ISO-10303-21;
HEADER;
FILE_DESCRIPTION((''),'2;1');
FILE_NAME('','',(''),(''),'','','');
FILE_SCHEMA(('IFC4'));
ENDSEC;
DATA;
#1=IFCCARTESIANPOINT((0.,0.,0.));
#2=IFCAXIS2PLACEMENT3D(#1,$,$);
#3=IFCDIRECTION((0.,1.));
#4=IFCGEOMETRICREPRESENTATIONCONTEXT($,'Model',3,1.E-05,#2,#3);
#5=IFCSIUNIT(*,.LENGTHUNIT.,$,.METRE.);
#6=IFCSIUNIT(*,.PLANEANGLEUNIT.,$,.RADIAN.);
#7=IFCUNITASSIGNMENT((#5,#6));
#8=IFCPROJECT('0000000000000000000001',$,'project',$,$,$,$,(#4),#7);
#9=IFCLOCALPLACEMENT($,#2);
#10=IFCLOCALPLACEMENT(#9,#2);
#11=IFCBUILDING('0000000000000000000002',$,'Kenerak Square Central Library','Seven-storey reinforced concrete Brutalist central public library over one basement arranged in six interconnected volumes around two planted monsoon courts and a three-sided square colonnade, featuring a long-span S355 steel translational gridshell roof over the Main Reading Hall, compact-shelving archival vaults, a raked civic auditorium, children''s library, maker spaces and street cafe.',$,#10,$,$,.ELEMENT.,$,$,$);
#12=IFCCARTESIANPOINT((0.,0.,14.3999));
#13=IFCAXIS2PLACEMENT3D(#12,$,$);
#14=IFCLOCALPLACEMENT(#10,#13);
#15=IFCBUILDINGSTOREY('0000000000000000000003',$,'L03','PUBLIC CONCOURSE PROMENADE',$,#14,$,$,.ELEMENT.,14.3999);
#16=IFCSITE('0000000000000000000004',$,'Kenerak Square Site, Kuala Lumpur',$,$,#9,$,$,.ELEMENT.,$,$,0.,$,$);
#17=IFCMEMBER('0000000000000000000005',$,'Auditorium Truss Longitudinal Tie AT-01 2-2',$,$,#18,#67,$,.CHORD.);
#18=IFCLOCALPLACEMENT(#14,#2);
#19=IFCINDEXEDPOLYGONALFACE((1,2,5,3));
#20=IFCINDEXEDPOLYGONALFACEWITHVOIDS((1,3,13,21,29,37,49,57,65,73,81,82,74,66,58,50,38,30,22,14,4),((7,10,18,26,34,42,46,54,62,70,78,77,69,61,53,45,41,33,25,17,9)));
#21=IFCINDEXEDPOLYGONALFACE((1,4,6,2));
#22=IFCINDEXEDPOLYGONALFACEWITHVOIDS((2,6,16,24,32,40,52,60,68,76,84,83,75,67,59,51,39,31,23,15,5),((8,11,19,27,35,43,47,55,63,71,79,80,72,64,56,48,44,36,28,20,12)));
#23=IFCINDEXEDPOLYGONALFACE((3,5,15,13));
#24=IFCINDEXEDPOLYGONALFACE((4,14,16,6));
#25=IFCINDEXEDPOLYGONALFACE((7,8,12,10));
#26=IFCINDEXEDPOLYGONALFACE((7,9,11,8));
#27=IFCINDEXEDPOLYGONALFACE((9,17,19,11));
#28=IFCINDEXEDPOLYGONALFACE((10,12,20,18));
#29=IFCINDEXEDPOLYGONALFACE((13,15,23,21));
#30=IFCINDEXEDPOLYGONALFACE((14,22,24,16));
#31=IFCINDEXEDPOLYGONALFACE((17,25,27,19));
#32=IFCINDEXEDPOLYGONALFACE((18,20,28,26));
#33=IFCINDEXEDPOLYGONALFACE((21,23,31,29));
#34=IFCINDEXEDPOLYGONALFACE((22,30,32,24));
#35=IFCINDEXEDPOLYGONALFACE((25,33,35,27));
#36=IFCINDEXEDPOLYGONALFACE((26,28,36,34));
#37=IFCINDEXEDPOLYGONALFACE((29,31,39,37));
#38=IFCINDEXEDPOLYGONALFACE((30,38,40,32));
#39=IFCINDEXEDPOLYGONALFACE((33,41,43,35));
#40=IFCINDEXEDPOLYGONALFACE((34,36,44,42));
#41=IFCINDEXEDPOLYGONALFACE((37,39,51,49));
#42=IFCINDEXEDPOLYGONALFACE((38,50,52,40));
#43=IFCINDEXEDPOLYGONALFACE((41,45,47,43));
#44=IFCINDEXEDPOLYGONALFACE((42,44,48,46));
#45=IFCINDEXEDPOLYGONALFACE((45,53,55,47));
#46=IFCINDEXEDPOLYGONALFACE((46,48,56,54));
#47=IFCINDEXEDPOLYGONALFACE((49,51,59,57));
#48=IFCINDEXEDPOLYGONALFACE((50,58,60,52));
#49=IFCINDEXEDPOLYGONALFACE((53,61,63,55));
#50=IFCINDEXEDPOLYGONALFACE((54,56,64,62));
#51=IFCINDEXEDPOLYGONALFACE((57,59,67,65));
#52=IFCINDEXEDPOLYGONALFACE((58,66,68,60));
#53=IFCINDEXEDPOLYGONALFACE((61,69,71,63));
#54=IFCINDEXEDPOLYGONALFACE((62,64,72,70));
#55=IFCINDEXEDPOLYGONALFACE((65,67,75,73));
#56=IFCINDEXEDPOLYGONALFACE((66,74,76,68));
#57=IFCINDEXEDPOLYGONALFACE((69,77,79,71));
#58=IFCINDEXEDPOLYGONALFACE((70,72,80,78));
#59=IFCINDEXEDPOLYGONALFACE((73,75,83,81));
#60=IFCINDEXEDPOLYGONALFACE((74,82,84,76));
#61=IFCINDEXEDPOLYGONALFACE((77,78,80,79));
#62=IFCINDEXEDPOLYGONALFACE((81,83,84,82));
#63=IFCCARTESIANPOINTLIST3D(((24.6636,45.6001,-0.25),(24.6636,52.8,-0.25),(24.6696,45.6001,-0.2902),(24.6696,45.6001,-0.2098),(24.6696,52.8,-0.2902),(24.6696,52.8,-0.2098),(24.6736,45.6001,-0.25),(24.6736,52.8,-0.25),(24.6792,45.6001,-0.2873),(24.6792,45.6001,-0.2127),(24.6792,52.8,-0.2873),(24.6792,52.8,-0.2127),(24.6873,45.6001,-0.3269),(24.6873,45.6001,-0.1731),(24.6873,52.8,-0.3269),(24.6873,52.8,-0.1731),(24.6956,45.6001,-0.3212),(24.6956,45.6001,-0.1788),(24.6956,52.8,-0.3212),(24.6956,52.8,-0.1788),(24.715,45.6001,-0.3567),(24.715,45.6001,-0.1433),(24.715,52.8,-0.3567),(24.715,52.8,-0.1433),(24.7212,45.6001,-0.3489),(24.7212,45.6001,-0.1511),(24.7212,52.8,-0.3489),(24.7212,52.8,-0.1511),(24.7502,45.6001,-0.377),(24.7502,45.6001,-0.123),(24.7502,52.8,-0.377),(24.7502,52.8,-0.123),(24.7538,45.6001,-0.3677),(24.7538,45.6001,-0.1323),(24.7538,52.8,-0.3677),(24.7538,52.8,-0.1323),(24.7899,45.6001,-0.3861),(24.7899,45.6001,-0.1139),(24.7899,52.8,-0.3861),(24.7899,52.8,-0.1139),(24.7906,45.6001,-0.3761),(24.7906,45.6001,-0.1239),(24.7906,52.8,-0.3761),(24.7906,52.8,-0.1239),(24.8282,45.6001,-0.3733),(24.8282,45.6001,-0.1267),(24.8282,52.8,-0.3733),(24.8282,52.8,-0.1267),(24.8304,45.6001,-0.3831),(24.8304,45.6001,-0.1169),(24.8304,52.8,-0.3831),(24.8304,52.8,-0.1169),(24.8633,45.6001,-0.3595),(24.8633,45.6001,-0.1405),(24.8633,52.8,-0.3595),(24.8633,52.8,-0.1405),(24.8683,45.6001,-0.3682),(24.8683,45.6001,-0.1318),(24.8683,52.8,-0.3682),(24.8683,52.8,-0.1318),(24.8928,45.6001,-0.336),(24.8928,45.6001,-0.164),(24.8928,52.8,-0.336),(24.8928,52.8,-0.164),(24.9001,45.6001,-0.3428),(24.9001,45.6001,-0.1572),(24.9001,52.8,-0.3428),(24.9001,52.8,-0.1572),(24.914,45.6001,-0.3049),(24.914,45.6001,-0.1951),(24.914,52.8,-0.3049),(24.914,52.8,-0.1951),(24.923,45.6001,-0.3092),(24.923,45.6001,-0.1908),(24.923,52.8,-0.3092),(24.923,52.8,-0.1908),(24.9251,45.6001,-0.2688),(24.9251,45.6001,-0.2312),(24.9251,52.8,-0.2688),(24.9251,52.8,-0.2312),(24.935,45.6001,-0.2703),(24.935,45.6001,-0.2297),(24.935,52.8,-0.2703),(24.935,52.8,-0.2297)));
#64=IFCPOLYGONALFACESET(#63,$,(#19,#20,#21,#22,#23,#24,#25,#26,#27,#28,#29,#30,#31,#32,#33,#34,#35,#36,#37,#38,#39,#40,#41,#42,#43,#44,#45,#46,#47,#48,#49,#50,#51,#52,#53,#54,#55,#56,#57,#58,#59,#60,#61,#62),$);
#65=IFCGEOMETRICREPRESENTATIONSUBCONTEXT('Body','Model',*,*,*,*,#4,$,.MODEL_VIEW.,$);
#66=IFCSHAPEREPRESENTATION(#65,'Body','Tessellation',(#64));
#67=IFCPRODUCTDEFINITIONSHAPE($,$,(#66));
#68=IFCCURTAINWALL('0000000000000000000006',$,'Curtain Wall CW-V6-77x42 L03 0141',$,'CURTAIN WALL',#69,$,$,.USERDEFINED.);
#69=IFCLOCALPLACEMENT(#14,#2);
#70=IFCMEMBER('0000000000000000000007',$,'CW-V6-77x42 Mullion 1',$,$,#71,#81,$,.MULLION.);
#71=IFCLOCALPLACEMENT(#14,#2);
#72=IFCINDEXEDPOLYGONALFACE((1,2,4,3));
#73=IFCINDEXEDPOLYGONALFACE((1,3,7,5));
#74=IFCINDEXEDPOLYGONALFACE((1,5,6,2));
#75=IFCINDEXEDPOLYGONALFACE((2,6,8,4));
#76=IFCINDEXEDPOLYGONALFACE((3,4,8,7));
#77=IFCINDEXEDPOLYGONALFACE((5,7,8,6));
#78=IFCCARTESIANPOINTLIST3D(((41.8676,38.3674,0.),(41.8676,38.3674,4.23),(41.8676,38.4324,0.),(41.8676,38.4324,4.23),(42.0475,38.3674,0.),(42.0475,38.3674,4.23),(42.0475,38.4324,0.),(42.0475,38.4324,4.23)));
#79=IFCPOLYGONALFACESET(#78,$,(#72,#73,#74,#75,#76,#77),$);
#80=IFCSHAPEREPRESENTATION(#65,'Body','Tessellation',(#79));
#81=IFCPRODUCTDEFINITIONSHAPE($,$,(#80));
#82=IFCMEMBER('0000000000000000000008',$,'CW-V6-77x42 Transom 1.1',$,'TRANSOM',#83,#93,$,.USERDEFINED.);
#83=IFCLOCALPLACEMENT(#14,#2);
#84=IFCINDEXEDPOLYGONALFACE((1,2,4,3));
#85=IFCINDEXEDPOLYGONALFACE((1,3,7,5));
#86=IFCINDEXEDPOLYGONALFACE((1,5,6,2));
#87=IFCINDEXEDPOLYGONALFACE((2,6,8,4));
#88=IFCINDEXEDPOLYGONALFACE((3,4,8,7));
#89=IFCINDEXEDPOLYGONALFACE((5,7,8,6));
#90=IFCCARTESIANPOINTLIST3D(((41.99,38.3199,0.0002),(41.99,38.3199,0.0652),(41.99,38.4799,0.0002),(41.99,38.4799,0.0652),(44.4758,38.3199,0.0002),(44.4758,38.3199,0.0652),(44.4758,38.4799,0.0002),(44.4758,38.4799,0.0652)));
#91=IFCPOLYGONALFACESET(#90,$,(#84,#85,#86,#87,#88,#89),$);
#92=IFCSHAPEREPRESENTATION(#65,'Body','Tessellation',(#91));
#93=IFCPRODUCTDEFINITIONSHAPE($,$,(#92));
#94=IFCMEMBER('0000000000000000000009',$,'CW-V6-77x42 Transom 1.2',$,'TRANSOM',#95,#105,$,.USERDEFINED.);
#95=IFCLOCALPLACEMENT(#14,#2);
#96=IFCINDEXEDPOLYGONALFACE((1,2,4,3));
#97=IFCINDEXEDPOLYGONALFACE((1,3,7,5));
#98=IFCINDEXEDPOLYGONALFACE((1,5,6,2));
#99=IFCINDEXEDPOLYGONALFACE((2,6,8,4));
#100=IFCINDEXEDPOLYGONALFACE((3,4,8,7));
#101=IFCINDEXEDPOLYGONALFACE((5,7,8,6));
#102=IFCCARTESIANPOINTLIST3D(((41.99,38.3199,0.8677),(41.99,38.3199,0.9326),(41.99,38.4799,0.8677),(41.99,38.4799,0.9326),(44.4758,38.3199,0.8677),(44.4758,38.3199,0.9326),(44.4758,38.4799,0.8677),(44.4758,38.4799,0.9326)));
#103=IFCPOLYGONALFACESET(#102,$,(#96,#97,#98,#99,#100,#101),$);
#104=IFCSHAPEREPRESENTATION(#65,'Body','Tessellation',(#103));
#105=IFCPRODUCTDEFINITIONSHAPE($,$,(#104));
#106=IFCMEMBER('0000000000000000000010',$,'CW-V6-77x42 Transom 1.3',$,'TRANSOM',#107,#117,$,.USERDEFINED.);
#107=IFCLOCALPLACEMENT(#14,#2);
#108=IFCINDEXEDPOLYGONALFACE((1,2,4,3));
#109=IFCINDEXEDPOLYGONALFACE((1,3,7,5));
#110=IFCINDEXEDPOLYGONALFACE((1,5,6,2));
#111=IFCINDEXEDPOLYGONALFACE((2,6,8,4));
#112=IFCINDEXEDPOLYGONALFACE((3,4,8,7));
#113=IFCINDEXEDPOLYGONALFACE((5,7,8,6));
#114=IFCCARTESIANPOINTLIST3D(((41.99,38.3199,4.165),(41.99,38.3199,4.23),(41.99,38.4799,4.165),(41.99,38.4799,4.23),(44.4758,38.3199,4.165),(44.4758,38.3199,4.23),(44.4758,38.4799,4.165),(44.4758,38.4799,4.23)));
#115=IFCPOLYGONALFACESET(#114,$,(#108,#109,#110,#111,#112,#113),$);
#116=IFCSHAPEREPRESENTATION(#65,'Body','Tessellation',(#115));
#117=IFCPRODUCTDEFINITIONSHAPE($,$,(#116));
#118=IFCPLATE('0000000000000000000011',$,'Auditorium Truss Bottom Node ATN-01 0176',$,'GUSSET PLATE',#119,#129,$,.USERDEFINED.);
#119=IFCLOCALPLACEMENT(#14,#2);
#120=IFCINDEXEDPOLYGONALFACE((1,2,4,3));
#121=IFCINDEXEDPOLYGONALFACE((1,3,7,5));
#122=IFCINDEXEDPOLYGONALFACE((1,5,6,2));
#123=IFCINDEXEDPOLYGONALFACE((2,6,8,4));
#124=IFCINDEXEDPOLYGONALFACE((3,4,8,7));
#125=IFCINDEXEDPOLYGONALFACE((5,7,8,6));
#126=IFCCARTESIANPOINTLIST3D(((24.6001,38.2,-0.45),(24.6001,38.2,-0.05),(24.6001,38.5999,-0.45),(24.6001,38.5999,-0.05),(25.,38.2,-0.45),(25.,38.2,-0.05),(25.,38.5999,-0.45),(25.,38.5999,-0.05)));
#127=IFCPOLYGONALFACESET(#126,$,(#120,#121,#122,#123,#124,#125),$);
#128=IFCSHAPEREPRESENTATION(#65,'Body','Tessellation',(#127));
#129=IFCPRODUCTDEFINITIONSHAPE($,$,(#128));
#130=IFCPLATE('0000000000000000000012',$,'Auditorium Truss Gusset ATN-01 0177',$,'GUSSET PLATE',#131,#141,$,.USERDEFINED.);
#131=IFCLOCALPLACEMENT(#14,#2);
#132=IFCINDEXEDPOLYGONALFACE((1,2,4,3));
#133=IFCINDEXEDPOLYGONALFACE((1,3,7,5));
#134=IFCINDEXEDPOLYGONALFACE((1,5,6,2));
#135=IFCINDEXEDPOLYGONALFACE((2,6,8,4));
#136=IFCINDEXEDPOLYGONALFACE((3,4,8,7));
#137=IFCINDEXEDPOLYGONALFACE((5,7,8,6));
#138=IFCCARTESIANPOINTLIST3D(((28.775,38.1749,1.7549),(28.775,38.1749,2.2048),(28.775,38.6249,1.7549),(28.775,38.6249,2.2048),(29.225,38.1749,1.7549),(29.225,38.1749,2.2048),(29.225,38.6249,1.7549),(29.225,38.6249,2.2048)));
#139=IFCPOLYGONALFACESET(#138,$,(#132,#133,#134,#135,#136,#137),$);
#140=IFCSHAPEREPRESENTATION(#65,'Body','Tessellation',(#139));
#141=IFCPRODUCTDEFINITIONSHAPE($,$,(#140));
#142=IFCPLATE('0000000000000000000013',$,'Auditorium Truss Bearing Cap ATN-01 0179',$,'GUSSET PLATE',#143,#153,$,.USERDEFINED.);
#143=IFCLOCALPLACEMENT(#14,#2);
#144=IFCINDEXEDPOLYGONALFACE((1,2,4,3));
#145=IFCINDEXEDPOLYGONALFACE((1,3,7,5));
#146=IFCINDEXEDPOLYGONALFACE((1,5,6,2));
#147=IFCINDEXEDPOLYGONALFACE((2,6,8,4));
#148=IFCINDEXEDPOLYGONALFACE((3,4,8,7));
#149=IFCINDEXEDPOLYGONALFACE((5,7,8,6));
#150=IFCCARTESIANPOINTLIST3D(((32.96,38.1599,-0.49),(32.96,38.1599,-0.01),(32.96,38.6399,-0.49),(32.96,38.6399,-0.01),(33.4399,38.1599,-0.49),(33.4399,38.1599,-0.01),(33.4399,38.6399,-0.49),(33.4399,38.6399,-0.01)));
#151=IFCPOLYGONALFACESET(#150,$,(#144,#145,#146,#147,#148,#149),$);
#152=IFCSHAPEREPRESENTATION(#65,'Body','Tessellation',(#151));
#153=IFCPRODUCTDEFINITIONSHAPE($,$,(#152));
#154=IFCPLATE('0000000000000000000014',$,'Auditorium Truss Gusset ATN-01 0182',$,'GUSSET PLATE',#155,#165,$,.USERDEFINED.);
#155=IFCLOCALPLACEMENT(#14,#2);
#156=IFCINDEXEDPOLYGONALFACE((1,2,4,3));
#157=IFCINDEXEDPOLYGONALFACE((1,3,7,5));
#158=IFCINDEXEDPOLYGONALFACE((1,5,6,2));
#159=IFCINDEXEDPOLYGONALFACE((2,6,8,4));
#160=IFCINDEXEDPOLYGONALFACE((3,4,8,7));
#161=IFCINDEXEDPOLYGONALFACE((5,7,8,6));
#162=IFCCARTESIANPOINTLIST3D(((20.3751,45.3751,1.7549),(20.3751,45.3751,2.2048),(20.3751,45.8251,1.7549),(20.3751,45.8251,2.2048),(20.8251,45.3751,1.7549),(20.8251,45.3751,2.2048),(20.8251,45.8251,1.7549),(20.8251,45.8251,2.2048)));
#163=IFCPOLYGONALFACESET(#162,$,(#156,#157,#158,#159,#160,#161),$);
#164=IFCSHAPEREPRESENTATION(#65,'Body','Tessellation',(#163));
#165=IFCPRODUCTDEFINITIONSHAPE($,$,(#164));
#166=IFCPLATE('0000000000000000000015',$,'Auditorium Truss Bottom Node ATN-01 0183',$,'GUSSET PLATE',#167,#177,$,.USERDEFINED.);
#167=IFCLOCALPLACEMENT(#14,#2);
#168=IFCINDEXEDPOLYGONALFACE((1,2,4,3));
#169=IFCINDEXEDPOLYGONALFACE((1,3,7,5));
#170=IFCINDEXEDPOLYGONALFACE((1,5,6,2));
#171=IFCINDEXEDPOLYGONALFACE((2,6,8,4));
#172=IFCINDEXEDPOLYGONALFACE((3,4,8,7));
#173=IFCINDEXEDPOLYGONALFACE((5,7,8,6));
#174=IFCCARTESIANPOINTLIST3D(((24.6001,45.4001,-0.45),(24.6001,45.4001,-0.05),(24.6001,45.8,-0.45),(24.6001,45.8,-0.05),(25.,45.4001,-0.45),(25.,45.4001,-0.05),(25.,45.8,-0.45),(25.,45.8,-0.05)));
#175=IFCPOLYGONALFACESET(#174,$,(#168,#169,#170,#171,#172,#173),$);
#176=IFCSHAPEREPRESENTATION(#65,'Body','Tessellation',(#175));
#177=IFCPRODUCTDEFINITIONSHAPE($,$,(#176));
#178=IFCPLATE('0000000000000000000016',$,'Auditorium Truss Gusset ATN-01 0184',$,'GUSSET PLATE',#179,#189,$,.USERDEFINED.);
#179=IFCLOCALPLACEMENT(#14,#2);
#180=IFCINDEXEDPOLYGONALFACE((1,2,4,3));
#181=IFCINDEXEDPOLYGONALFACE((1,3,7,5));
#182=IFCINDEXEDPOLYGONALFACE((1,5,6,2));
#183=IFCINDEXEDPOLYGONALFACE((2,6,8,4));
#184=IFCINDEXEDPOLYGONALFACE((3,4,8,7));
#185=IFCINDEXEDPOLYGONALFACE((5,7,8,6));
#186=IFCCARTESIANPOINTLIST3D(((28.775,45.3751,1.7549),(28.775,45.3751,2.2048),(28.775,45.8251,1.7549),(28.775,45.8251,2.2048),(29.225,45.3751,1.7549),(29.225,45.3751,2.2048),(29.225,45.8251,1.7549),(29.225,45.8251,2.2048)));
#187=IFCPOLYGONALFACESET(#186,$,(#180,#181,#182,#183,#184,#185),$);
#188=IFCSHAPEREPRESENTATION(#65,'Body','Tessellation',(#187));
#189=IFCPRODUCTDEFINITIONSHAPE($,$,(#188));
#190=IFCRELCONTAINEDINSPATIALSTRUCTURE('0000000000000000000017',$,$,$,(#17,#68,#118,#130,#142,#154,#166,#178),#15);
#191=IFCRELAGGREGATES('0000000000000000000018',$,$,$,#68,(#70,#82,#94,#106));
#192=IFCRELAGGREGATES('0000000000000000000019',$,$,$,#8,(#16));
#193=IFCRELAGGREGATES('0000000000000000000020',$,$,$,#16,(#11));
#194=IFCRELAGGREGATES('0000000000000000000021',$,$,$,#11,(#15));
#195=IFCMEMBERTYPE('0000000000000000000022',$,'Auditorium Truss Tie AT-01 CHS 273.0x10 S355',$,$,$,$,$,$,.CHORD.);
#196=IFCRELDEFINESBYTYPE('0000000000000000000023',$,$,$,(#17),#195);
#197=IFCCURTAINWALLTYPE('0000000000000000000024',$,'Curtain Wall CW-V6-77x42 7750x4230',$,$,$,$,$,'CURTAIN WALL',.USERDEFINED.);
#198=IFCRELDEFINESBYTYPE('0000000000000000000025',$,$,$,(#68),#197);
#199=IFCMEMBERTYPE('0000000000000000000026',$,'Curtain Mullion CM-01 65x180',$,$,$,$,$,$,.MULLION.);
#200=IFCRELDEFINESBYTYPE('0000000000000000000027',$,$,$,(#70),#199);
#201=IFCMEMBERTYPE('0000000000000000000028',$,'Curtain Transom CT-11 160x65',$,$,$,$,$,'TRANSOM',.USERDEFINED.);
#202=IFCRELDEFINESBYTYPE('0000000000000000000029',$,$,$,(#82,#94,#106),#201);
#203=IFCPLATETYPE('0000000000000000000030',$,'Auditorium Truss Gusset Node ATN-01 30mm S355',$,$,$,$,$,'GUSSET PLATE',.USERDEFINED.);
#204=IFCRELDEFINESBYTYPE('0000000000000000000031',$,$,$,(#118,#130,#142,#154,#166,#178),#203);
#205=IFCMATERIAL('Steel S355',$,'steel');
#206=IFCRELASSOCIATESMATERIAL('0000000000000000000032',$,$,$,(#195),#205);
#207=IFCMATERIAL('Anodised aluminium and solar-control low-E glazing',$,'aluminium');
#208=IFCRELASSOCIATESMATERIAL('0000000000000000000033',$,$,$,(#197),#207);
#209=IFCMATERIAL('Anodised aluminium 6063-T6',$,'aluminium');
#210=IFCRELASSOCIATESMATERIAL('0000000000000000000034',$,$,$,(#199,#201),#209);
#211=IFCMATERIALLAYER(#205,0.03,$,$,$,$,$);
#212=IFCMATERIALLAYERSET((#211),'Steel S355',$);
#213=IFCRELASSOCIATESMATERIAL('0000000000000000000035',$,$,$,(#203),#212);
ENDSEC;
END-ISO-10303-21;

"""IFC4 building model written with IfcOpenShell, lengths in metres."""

from ifc_helpers import new_model, si_unit, direction, frame, origin, origin_2d, place, context, subcontext, project, spatial, rectangle, hollow_circle, extrude, material, layer, layer_set, material_profile, profile_set, type_object, element, aggregate, save


model = new_model("IFC4")

# Units and contexts
model_context = context("Model", 3, precision=1e-05, world=origin(), true_north=direction((0.0, 1.0)))
body_context = subcontext(model_context, "Body", "Model", "MODEL_VIEW")
ifc_project = project(units=[si_unit("LENGTHUNIT", "METRE"), si_unit("PLANEANGLEUNIT", "RADIAN")], contexts=[model_context])

# Site, building, storey
site_placement = place(None, origin())
site = spatial("IfcSite", under=ifc_project, at=site_placement, Name="Kenerak Square Site, Kuala Lumpur", CompositionType="ELEMENT", RefElevation=0.0)
building_placement = place(site_placement, origin())
building = spatial("IfcBuilding", under=site, at=building_placement, Name="Kenerak Square Central Library", Description="Seven-storey reinforced concrete Brutalist central public library over one basement arranged in six interconnected volumes around two planted monsoon courts and a three-sided square colonnade, featuring a long-span S355 steel translational gridshell roof over the Main Reading Hall, compact-shelving archival vaults, a raked civic auditorium, children's library, maker spaces and street cafe.", CompositionType="ELEMENT")
storey_placement = place(building_placement, frame((0.0, 0.0, 14.3999)))
storey = spatial("IfcBuildingStorey", under=building, at=storey_placement, Name="L03", Description="PUBLIC CONCOURSE PROMENADE", CompositionType="ELEMENT", Elevation=14.3999)

# Member
ifc_material_1 = material(Name="Steel S355", Category="steel")
ifc_material_profile_1 = material_profile(ifc_material_1, hollow_circle(Radius=0.1365, WallThickness=0.01, at=origin_2d()), Name="CHS 273.0x10.0")
ifc_profile_set_1 = profile_set([ifc_material_profile_1], Name="Steel S355")
member_type_1 = type_object("IfcMemberType", Name="Auditorium Truss Tie AT-01 CHS 273.0x10 S355", PredefinedType="CHORD", material=ifc_profile_set_1)
member_1_placement = place(storey_placement, frame((24.8, 45.6001, -0.25), z_axis=(0.0, 1.0, 0.0), x_axis=(-1.0, 0.0, 0.0)))
element("IfcMember", 1, at=member_1_placement, inside=storey, type_object=member_type_1, Name="Auditorium Truss Longitudinal Tie AT-01 2-2", PredefinedType="CHORD", context=body_context, shape_type="SweptSolid", body=[
    extrude(hollow_circle(Radius=0.1365, WallThickness=0.01, at=origin_2d()), origin(), (0.0, 0.0, 1.0), 7.2),
])

# Curtain wall, members
ifc_material_2 = material(Name="Anodised aluminium and solar-control low-E glazing", Category="aluminium")
curtain_wall_type = type_object("IfcCurtainWallType", Name="Curtain Wall CW-V6-77x42 7750x4230", ElementType="CURTAIN WALL", PredefinedType="USERDEFINED", material=ifc_material_2)
curtain_wall_placement = place(storey_placement, origin())
curtain_wall = element("IfcCurtainWall", 2, at=curtain_wall_placement, inside=storey, type_object=curtain_wall_type, Name="Curtain Wall CW-V6-77x42 L03 0141", ObjectType="CURTAIN WALL", PredefinedType="USERDEFINED")
ifc_material_3 = material(Name="Anodised aluminium 6063-T6", Category="aluminium")
ifc_material_profile_2 = material_profile(ifc_material_3, rectangle(XDim=0.0649, YDim=0.1799, at=origin_2d()), Name="AL MULLION 65x180")
ifc_profile_set_2 = profile_set([ifc_material_profile_2], Name="Anodised aluminium 6063-T6")
member_type_2 = type_object("IfcMemberType", Name="Curtain Mullion CM-01 65x180", PredefinedType="MULLION", material=ifc_profile_set_2)
member_2_placement = place(storey_placement, frame((41.9575, 38.3999, 0.0), z_axis=(0.0, 0.0, 1.0), x_axis=(0.0, 1.0, 0.0)))
member_2 = element("IfcMember", 3, at=member_2_placement, type_object=member_type_2, Name="CW-V6-77x42 Mullion 1", PredefinedType="MULLION", context=body_context, shape_type="SweptSolid", body=[
    extrude(rectangle(XDim=0.0649, YDim=0.1799, at=origin_2d()), origin(), (0.0, 0.0, 1.0), 4.23),
])
ifc_material_profile_3 = material_profile(ifc_material_3, rectangle(XDim=0.1599, YDim=0.0649, at=origin_2d()), Name="AL TRANSOM 160x65")
ifc_profile_set_3 = profile_set([ifc_material_profile_3], Name="Anodised aluminium 6063-T6")
member_type_3 = type_object("IfcMemberType", Name="Curtain Transom CT-11 160x65", ElementType="TRANSOM", PredefinedType="USERDEFINED", material=ifc_profile_set_3)
member_3_placement = place(storey_placement, frame((41.99, 38.3999, 0.0327), z_axis=(1.0, 0.0, 0.0), x_axis=(0.0, 1.0, 0.0)))
member_3 = element("IfcMember", 4, at=member_3_placement, type_object=member_type_3, Name="CW-V6-77x42 Transom 1.1", ObjectType="TRANSOM", PredefinedType="USERDEFINED", context=body_context, shape_type="SweptSolid", body=[
    extrude(rectangle(XDim=0.1599, YDim=0.0649, at=origin_2d()), origin(), (0.0, 0.0, 1.0), 2.4858),
])
member_4_placement = place(storey_placement, frame((41.99, 38.3999, 0.9001), z_axis=(1.0, 0.0, 0.0), x_axis=(0.0, 1.0, 0.0)))
member_4 = element("IfcMember", 5, at=member_4_placement, type_object=member_type_3, Name="CW-V6-77x42 Transom 1.2", ObjectType="TRANSOM", PredefinedType="USERDEFINED", context=body_context, shape_type="SweptSolid", body=[
    extrude(rectangle(XDim=0.1599, YDim=0.0649, at=origin_2d()), origin(), (0.0, 0.0, 1.0), 2.4858),
])
member_5_placement = place(storey_placement, frame((41.99, 38.3999, 4.1975), z_axis=(1.0, 0.0, 0.0), x_axis=(0.0, 1.0, 0.0)))
member_5 = element("IfcMember", 6, at=member_5_placement, type_object=member_type_3, Name="CW-V6-77x42 Transom 1.3", ObjectType="TRANSOM", PredefinedType="USERDEFINED", context=body_context, shape_type="SweptSolid", body=[
    extrude(rectangle(XDim=0.1599, YDim=0.0649, at=origin_2d()), origin(), (0.0, 0.0, 1.0), 2.4858),
])
aggregate(curtain_wall, [member_2, member_3, member_4, member_5])

# Plates
ifc_layer_1 = layer(ifc_material_1, 0.03)
ifc_layer_set_1 = layer_set([ifc_layer_1], Name="Steel S355")
plate_type = type_object("IfcPlateType", Name="Auditorium Truss Gusset Node ATN-01 30mm S355", ElementType="GUSSET PLATE", PredefinedType="USERDEFINED", material=ifc_layer_set_1)
plate_1_placement = place(storey_placement, frame((24.8, 38.3999, -0.45), z_axis=(0.0, 0.0, 1.0), x_axis=(1.0, 0.0, 0.0)))
element("IfcPlate", 7, at=plate_1_placement, inside=storey, type_object=plate_type, Name="Auditorium Truss Bottom Node ATN-01 0176", ObjectType="GUSSET PLATE", PredefinedType="USERDEFINED", context=body_context, shape_type="SweptSolid", body=[
    extrude(rectangle(XDim=0.3999, YDim=0.3999, at=origin_2d()), origin(), (0.0, 0.0, 1.0), 0.3999),
])
plate_2_placement = place(storey_placement, frame((29.0, 38.3999, 1.7549), z_axis=(0.0, 0.0, 1.0), x_axis=(1.0, 0.0, 0.0)))
element("IfcPlate", 8, at=plate_2_placement, inside=storey, type_object=plate_type, Name="Auditorium Truss Gusset ATN-01 0177", ObjectType="GUSSET PLATE", PredefinedType="USERDEFINED", context=body_context, shape_type="SweptSolid", body=[
    extrude(rectangle(XDim=0.45, YDim=0.45, at=origin_2d()), origin(), (0.0, 0.0, 1.0), 0.45),
])
plate_3_placement = place(storey_placement, frame((33.2, 38.3999, -0.49), z_axis=(0.0, 0.0, 1.0), x_axis=(1.0, 0.0, 0.0)))
element("IfcPlate", 9, at=plate_3_placement, inside=storey, type_object=plate_type, Name="Auditorium Truss Bearing Cap ATN-01 0179", ObjectType="GUSSET PLATE", PredefinedType="USERDEFINED", context=body_context, shape_type="SweptSolid", body=[
    extrude(rectangle(XDim=0.48, YDim=0.48, at=origin_2d()), origin(), (0.0, 0.0, 1.0), 0.48),
])
plate_4_placement = place(storey_placement, frame((20.6001, 45.6001, 1.7549), z_axis=(0.0, 0.0, 1.0), x_axis=(1.0, 0.0, 0.0)))
element("IfcPlate", 10, at=plate_4_placement, inside=storey, type_object=plate_type, Name="Auditorium Truss Gusset ATN-01 0182", ObjectType="GUSSET PLATE", PredefinedType="USERDEFINED", context=body_context, shape_type="SweptSolid", body=[
    extrude(rectangle(XDim=0.45, YDim=0.45, at=origin_2d()), origin(), (0.0, 0.0, 1.0), 0.45),
])
plate_5_placement = place(storey_placement, frame((24.8, 45.6001, -0.45), z_axis=(0.0, 0.0, 1.0), x_axis=(1.0, 0.0, 0.0)))
element("IfcPlate", 11, at=plate_5_placement, inside=storey, type_object=plate_type, Name="Auditorium Truss Bottom Node ATN-01 0183", ObjectType="GUSSET PLATE", PredefinedType="USERDEFINED", context=body_context, shape_type="SweptSolid", body=[
    extrude(rectangle(XDim=0.3999, YDim=0.3999, at=origin_2d()), origin(), (0.0, 0.0, 1.0), 0.3999),
])
plate_6_placement = place(storey_placement, frame((29.0, 45.6001, 1.7549), z_axis=(0.0, 0.0, 1.0), x_axis=(1.0, 0.0, 0.0)))
element("IfcPlate", 12, at=plate_6_placement, inside=storey, type_object=plate_type, Name="Auditorium Truss Gusset ATN-01 0184", ObjectType="GUSSET PLATE", PredefinedType="USERDEFINED", context=body_context, shape_type="SweptSolid", body=[
    extrude(rectangle(XDim=0.45, YDim=0.45, at=origin_2d()), origin(), (0.0, 0.0, 1.0), 0.45),
])

save(model, "model.ifc")
